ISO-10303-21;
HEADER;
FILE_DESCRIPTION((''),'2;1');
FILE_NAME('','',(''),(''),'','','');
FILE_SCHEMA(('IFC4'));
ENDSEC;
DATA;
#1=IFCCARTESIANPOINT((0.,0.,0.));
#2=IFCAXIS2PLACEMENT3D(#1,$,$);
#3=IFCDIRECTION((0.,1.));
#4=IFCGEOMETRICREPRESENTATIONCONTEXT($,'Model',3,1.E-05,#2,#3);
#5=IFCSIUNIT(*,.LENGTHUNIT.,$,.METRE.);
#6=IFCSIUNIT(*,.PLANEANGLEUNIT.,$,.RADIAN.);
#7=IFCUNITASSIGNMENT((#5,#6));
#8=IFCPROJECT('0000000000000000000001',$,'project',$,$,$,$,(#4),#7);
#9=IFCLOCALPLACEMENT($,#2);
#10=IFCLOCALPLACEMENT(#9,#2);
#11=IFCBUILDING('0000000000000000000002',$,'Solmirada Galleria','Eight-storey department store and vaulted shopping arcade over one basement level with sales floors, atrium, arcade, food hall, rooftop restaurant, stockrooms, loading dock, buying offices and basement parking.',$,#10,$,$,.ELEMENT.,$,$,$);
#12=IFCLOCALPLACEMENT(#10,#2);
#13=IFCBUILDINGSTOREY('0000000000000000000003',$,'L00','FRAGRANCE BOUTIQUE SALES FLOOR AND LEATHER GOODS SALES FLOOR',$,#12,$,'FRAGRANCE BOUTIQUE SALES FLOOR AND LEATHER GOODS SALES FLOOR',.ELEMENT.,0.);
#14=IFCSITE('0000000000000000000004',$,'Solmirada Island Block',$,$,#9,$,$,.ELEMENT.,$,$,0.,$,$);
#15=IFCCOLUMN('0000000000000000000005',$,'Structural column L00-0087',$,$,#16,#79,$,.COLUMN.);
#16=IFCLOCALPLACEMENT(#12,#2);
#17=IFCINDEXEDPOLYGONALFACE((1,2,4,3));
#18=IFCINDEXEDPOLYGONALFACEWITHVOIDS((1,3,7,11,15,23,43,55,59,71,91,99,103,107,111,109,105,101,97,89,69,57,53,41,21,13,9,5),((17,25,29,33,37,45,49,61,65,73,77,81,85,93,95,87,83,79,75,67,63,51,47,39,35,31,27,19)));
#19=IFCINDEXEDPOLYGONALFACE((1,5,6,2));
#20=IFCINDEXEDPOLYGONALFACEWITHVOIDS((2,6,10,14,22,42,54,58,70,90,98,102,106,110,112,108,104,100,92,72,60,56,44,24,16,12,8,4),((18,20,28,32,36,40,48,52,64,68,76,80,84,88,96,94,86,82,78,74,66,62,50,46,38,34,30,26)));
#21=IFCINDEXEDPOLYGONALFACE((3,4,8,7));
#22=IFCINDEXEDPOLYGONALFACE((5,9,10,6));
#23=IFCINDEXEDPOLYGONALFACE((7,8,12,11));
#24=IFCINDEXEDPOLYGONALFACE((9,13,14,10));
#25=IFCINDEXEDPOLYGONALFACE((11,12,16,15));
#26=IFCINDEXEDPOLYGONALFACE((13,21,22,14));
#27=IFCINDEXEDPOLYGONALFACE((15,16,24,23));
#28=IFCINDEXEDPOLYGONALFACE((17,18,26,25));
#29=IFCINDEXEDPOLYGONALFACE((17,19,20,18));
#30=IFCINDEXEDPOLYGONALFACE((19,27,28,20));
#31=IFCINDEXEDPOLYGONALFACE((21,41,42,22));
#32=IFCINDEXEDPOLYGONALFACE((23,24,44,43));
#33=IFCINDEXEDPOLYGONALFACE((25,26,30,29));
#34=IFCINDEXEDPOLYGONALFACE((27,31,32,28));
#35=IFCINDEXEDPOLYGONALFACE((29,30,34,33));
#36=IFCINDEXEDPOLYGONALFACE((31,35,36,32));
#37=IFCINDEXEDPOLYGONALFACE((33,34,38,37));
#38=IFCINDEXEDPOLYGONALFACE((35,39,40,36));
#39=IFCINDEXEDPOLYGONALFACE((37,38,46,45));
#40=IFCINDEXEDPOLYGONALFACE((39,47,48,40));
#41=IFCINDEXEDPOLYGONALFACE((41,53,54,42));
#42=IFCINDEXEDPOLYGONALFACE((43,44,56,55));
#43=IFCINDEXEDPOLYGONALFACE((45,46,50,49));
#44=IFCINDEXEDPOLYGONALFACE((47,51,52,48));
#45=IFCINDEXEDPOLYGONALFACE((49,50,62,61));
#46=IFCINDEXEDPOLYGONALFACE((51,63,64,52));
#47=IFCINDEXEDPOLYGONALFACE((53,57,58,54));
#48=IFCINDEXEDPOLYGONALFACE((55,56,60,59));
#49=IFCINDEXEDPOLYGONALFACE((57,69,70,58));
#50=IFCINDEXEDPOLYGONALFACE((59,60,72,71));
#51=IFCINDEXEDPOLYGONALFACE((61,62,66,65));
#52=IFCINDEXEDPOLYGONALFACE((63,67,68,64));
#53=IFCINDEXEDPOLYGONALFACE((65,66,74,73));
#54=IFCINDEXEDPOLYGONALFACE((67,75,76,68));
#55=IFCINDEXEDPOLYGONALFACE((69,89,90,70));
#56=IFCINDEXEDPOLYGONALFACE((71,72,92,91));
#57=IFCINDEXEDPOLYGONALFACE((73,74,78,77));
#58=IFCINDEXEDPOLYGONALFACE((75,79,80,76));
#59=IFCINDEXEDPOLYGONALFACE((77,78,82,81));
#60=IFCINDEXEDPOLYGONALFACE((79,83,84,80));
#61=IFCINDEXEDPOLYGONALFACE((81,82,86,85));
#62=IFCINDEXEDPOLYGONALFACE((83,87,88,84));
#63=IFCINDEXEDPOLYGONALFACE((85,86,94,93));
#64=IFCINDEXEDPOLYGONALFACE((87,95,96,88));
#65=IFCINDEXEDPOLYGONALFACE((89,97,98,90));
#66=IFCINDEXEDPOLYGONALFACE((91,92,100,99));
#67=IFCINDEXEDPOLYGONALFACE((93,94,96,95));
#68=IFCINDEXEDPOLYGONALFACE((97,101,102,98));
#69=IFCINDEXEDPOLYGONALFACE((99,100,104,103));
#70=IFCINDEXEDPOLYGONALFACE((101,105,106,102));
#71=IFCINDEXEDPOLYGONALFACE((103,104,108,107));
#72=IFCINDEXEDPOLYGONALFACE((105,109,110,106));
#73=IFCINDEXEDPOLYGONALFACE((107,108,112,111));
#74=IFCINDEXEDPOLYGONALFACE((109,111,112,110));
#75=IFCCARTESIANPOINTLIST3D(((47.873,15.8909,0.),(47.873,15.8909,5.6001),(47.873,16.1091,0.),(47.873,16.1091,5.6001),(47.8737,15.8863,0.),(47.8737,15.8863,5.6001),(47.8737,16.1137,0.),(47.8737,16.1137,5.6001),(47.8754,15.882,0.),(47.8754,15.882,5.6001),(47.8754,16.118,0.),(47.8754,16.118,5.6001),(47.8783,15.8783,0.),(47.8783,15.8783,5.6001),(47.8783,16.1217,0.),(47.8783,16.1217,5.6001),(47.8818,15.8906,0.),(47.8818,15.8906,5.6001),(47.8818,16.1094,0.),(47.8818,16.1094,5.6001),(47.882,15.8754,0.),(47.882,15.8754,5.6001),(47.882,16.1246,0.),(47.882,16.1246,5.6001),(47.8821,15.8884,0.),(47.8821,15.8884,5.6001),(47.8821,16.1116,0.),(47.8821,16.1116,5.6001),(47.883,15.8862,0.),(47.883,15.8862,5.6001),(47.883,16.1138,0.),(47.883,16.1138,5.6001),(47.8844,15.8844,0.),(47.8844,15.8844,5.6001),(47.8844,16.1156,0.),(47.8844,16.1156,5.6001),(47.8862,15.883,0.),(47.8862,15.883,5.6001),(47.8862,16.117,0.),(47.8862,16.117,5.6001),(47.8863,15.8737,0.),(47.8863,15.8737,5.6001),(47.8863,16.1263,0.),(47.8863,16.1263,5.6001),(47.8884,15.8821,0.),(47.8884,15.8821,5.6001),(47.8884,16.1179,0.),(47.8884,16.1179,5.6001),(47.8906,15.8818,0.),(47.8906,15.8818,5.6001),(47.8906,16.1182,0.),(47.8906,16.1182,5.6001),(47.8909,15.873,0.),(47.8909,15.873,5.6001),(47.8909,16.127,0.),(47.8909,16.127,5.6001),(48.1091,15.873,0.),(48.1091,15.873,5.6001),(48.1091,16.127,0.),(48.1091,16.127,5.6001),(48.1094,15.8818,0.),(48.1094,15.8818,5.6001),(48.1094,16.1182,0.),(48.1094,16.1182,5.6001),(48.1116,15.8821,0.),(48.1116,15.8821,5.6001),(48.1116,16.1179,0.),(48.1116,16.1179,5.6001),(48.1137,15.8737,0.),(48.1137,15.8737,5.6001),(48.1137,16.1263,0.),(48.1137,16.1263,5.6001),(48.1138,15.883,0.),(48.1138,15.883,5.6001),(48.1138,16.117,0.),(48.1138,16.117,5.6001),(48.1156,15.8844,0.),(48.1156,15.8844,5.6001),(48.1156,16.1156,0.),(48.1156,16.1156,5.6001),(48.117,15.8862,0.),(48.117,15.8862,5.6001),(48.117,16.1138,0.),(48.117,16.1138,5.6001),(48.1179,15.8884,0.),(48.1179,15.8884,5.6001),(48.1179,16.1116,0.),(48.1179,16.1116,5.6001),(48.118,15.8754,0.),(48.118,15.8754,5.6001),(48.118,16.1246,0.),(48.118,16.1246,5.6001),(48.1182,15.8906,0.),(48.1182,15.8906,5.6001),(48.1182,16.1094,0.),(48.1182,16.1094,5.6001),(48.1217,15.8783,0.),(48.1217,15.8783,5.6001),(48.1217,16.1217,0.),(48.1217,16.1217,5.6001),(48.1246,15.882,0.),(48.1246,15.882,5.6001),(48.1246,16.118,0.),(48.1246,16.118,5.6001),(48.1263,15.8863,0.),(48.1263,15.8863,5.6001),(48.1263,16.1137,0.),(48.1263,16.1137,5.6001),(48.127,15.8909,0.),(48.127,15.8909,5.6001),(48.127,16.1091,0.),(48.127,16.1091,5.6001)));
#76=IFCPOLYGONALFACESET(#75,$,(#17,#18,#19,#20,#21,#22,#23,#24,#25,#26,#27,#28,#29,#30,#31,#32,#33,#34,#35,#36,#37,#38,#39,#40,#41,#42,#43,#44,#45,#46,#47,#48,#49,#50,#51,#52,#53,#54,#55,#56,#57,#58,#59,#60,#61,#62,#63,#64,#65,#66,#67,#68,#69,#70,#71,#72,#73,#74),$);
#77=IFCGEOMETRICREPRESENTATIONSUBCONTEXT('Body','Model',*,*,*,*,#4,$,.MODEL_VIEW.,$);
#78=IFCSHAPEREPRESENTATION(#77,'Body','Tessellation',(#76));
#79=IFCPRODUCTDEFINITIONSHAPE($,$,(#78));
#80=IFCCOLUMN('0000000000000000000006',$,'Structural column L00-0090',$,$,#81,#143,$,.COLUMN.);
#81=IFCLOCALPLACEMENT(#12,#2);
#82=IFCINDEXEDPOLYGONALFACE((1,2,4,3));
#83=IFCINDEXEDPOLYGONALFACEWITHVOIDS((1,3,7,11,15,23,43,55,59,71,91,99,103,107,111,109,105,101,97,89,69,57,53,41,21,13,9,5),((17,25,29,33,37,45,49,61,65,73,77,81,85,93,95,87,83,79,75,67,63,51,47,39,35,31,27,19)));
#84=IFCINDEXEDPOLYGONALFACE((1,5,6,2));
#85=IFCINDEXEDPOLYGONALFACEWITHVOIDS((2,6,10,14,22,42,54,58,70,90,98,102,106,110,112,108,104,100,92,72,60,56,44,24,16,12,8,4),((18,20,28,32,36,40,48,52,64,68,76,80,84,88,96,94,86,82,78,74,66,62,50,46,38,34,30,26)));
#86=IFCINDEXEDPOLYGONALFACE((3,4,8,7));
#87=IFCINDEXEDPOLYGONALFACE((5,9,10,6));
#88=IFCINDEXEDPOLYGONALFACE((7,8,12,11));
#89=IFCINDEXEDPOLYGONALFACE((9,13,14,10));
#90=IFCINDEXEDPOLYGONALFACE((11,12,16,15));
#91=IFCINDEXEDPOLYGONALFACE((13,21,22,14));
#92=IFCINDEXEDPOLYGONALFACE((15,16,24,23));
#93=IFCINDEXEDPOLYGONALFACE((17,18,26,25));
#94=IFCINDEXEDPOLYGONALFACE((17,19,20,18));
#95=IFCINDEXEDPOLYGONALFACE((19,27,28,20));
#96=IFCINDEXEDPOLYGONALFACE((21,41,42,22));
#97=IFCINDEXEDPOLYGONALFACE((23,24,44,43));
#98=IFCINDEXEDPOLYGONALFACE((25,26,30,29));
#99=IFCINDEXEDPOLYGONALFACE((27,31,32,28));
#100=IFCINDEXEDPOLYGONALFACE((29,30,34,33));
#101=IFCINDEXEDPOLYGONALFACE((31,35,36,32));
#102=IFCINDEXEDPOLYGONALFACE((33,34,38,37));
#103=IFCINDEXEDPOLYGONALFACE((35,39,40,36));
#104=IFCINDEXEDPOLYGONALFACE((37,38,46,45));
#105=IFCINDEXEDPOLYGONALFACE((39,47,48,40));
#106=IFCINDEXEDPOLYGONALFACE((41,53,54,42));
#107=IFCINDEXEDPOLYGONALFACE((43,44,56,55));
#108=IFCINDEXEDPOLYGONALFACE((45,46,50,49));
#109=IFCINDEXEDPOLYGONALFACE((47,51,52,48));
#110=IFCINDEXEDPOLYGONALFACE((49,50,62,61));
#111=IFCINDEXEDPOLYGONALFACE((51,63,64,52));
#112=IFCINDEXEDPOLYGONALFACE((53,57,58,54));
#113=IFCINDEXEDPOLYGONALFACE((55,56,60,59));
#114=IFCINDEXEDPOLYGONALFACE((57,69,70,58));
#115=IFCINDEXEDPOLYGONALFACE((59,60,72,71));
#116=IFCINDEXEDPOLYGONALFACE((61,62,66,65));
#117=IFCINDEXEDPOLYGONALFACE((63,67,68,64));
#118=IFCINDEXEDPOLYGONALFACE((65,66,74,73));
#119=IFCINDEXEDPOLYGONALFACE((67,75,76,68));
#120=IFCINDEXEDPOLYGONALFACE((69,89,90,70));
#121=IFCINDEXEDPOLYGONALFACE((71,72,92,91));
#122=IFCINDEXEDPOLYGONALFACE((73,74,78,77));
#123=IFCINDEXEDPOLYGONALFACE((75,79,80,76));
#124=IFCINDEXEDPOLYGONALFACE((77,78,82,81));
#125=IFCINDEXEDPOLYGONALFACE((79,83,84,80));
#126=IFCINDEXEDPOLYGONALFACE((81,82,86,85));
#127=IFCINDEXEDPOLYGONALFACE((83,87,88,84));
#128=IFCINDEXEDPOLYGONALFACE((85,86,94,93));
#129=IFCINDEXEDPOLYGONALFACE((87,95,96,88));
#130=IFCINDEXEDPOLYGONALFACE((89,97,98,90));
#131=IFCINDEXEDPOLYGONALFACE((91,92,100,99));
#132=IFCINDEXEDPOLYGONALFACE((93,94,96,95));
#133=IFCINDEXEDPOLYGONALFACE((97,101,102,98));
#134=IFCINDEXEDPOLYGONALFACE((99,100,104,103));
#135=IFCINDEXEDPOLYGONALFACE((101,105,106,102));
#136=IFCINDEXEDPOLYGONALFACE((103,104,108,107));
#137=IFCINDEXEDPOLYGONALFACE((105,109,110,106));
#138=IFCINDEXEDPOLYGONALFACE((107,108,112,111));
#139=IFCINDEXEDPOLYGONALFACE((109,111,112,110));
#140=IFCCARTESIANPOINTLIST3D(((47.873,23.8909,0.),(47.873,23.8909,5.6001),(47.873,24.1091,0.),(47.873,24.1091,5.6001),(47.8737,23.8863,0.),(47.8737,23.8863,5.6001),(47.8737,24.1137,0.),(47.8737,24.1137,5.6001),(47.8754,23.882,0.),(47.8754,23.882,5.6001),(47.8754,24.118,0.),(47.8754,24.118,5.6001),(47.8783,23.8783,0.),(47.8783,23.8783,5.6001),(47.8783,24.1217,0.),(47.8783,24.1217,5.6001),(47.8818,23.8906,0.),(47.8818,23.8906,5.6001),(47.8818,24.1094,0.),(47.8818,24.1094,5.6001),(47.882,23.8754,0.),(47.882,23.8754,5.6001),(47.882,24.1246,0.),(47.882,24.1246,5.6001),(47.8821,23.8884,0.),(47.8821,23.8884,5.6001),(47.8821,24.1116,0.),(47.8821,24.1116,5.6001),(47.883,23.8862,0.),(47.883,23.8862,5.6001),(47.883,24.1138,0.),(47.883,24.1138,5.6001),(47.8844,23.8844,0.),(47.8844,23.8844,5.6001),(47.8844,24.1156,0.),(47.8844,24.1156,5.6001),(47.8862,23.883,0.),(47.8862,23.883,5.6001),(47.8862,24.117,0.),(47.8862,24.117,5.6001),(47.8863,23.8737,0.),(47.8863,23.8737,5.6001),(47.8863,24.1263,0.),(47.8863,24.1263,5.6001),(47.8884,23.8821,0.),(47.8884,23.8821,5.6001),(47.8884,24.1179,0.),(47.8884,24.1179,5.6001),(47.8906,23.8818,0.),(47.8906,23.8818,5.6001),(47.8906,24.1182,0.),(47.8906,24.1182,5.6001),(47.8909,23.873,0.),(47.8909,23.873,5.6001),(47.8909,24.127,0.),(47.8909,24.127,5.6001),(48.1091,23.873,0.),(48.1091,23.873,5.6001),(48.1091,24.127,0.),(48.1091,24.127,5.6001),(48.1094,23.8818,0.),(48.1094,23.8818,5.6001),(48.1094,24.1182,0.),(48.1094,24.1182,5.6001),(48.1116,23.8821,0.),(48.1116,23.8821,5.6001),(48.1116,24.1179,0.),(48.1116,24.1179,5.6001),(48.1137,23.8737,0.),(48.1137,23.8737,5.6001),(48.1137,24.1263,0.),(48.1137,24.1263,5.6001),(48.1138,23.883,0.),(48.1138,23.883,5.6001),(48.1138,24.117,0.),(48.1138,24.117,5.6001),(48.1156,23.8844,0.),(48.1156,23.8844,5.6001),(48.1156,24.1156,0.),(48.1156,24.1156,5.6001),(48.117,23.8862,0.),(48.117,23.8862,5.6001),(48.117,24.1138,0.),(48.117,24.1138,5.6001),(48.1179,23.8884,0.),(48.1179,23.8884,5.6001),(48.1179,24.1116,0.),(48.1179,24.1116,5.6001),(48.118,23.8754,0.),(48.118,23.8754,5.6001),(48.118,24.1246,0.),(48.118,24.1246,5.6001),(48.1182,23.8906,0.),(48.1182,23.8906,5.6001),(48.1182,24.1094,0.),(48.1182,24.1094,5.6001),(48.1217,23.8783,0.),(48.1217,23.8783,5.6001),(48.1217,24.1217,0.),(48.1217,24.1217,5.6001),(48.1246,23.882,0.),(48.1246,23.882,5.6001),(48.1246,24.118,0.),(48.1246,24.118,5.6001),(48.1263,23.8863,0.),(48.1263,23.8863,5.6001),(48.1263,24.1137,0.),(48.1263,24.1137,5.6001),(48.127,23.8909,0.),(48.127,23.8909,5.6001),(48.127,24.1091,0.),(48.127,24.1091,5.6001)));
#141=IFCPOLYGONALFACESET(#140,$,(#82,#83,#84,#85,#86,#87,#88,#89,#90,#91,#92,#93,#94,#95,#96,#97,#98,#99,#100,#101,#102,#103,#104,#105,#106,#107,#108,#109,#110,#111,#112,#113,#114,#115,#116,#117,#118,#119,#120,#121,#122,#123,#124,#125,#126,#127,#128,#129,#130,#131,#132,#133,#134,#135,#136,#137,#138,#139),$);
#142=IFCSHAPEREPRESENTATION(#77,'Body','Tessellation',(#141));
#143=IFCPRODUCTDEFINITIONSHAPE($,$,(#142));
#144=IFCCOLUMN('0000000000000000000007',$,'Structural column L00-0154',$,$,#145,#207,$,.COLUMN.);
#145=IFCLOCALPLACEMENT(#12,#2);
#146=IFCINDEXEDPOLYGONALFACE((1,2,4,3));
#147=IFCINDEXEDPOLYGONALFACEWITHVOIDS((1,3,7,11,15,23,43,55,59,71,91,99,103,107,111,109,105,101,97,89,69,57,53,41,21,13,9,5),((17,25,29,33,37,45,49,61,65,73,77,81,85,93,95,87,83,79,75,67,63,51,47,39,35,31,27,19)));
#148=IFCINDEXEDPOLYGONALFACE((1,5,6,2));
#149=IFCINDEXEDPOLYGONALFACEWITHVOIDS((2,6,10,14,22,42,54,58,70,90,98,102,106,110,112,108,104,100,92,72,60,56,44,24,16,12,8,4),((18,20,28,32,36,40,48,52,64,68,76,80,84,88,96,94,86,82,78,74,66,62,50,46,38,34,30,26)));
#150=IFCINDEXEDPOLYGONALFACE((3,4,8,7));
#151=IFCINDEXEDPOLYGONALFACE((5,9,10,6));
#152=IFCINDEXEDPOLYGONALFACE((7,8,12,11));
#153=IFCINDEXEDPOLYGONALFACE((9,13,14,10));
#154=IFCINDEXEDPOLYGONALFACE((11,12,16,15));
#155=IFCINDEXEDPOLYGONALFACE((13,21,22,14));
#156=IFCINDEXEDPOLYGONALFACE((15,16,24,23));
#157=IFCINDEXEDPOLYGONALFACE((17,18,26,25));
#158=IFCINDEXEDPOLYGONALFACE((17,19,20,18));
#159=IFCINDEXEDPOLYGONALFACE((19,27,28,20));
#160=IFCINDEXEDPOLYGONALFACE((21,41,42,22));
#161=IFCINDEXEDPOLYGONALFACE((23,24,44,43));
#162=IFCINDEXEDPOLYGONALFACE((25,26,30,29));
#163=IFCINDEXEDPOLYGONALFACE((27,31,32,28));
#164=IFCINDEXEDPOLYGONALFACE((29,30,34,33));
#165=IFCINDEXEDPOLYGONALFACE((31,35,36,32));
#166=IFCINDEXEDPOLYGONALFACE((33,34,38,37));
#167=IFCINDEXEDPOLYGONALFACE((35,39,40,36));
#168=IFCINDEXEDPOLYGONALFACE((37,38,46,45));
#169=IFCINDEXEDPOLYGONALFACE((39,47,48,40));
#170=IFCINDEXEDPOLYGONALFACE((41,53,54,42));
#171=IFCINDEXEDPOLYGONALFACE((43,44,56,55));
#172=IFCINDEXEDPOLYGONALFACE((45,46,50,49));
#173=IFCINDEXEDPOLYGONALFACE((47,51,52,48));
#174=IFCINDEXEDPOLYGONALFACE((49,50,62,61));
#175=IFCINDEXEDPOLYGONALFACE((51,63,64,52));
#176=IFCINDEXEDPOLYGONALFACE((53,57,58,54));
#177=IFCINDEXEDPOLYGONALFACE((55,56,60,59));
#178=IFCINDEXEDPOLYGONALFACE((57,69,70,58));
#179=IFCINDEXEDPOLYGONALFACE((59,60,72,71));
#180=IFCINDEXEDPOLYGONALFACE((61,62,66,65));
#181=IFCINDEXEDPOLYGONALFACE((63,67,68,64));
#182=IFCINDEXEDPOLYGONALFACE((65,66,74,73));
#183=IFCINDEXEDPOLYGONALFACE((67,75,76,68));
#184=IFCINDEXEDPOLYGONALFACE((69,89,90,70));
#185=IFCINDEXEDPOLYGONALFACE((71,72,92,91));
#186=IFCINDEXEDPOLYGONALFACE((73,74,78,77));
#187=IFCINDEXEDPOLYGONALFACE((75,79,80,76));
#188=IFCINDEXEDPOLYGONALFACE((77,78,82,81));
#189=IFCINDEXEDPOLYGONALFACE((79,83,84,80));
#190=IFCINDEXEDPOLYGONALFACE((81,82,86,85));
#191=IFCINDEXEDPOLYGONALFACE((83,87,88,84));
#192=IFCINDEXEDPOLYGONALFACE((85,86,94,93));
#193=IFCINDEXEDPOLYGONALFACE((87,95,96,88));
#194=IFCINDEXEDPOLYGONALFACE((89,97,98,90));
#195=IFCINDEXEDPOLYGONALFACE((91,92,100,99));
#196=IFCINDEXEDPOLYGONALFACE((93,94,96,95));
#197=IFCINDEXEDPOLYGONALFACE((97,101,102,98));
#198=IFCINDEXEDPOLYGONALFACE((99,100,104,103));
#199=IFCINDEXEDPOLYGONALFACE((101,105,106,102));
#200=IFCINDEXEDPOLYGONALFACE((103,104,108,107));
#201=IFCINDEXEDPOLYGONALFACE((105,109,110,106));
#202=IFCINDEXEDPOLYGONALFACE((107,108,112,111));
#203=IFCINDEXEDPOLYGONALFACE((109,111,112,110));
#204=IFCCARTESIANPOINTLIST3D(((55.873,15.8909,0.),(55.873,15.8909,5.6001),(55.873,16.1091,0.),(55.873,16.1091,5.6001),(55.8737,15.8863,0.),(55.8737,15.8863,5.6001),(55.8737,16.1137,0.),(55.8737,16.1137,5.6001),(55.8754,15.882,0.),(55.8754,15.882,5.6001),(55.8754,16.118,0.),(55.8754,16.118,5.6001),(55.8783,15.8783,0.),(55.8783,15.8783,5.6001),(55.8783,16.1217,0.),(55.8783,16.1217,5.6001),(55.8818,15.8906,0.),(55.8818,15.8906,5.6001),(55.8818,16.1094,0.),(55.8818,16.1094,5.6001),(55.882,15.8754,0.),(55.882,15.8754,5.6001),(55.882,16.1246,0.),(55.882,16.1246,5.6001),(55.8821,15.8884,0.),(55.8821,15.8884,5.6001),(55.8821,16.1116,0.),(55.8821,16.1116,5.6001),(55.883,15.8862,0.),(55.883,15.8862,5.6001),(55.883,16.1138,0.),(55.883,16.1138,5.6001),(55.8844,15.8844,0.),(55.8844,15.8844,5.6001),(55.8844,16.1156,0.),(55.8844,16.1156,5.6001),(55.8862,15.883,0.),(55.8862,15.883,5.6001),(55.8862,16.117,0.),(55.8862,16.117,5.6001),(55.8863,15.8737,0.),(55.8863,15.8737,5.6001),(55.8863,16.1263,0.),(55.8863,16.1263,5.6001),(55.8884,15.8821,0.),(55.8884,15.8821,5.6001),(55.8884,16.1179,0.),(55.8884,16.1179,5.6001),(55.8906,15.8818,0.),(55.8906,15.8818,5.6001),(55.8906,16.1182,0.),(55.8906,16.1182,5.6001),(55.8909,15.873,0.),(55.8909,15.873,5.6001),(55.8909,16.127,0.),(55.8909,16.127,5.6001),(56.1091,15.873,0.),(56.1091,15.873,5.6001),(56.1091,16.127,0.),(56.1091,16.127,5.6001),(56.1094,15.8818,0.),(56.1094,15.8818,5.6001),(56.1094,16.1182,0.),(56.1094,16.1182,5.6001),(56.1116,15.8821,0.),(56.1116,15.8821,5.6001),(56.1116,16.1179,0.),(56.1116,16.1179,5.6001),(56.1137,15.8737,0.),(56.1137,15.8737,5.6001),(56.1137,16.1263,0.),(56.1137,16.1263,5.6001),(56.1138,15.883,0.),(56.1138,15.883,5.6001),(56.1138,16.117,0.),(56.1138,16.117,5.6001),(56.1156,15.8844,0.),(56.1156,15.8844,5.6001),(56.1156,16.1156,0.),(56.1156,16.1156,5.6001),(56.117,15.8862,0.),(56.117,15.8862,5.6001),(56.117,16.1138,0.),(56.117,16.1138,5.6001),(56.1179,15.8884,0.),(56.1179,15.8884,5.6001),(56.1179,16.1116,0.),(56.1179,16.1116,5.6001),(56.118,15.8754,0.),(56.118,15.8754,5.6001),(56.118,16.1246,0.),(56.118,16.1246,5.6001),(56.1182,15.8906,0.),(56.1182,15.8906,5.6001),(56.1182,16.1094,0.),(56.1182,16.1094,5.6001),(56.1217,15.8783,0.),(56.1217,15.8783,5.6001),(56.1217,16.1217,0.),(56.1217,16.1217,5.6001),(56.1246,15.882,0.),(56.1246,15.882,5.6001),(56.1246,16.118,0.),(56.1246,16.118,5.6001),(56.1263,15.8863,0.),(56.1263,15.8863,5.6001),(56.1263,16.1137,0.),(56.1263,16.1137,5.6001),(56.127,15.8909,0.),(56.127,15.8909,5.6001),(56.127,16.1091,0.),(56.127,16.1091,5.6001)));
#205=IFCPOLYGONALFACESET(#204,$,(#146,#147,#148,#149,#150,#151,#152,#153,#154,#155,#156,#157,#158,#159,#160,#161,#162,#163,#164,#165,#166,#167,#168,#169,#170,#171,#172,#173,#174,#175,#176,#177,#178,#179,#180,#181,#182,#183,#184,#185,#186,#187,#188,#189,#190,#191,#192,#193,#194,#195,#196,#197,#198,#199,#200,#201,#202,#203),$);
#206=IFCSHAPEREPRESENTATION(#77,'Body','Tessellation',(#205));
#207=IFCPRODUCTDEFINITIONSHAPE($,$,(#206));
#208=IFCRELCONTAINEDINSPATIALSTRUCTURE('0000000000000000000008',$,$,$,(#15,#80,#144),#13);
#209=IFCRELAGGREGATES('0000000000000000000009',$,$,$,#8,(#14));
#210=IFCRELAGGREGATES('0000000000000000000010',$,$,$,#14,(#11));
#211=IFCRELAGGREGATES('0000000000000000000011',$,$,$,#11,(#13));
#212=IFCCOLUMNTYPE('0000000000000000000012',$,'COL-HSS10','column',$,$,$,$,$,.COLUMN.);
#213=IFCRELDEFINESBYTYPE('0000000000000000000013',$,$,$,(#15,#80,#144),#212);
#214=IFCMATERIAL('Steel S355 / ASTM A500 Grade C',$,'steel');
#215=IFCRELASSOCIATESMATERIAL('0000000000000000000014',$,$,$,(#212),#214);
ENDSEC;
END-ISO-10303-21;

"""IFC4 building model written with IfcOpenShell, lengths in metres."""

from ifc_helpers import new_model, si_unit, direction, frame, origin, origin_2d, place, context, subcontext, project, spatial, hollow_rectangle, extrude, material, material_profile, profile_set, type_object, element, save


model = new_model("IFC4")

# Units and contexts
model_context = context("Model", 3, precision=1e-05, world=origin(), true_north=direction((0.0, 1.0)))
body_context = subcontext(model_context, "Body", "Model", "MODEL_VIEW")
ifc_project = project(units=[si_unit("LENGTHUNIT", "METRE"), si_unit("PLANEANGLEUNIT", "RADIAN")], contexts=[model_context])

# Site, building, storey
site_placement = place(None, origin())
site = spatial("IfcSite", under=ifc_project, at=site_placement, Name="Solmirada Island Block", CompositionType="ELEMENT", RefElevation=0.0)
building_placement = place(site_placement, origin())
building = spatial("IfcBuilding", under=site, at=building_placement, Name="Solmirada Galleria", Description="Eight-storey department store and vaulted shopping arcade over one basement level with sales floors, atrium, arcade, food hall, rooftop restaurant, stockrooms, loading dock, buying offices and basement parking.", CompositionType="ELEMENT")
storey_placement = place(building_placement, origin())
storey = spatial("IfcBuildingStorey", under=building, at=storey_placement, Name="L00", Description="FRAGRANCE BOUTIQUE SALES FLOOR AND LEATHER GOODS SALES FLOOR", LongName="FRAGRANCE BOUTIQUE SALES FLOOR AND LEATHER GOODS SALES FLOOR", CompositionType="ELEMENT", Elevation=0.0)

# Columns
ifc_material_1 = material(Name="Steel S355 / ASTM A500 Grade C", Category="steel")
ifc_material_profile_1 = material_profile(ifc_material_1, hollow_rectangle(XDim=0.2539, YDim=0.2539, WallThickness=0.0088, InnerFilletRadius=0.0088, OuterFilletRadius=0.0178, at=origin_2d()), Name="HSS10X10X3/8")
ifc_profile_set_1 = profile_set([ifc_material_profile_1], Name="Steel S355 / ASTM A500 Grade C")
column_type = type_object("IfcColumnType", Name="COL-HSS10", Description="column", PredefinedType="COLUMN", material=ifc_profile_set_1)
for number, where, z_axis, x_axis, name in (
    (1, (48.0, 16.0, 0.0), (0.0, 0.0, 1.0), (1.0, 0.0, 0.0), "Structural column L00-0087"),
    (2, (48.0, 24.0, 0.0), (0.0, 0.0, 1.0), (1.0, 0.0, 0.0), "Structural column L00-0090"),
    (3, (56.0, 16.0, 0.0), (0.0, 0.0, 1.0), (1.0, 0.0, 0.0), "Structural column L00-0154"),
):
    element("IfcColumn", number, at=place(storey_placement, frame(where, z_axis=z_axis, x_axis=x_axis)), inside=storey, type_object=column_type, Name=name, PredefinedType="COLUMN", context=body_context, shape_type="SweptSolid", body=[
        extrude(hollow_rectangle(XDim=0.2539, YDim=0.2539, WallThickness=0.0088, InnerFilletRadius=0.0088, OuterFilletRadius=0.0178, at=origin_2d()), origin(), (0.0, 0.0, 1.0), 5.6001),
    ])

save(model, "model.ifc")
